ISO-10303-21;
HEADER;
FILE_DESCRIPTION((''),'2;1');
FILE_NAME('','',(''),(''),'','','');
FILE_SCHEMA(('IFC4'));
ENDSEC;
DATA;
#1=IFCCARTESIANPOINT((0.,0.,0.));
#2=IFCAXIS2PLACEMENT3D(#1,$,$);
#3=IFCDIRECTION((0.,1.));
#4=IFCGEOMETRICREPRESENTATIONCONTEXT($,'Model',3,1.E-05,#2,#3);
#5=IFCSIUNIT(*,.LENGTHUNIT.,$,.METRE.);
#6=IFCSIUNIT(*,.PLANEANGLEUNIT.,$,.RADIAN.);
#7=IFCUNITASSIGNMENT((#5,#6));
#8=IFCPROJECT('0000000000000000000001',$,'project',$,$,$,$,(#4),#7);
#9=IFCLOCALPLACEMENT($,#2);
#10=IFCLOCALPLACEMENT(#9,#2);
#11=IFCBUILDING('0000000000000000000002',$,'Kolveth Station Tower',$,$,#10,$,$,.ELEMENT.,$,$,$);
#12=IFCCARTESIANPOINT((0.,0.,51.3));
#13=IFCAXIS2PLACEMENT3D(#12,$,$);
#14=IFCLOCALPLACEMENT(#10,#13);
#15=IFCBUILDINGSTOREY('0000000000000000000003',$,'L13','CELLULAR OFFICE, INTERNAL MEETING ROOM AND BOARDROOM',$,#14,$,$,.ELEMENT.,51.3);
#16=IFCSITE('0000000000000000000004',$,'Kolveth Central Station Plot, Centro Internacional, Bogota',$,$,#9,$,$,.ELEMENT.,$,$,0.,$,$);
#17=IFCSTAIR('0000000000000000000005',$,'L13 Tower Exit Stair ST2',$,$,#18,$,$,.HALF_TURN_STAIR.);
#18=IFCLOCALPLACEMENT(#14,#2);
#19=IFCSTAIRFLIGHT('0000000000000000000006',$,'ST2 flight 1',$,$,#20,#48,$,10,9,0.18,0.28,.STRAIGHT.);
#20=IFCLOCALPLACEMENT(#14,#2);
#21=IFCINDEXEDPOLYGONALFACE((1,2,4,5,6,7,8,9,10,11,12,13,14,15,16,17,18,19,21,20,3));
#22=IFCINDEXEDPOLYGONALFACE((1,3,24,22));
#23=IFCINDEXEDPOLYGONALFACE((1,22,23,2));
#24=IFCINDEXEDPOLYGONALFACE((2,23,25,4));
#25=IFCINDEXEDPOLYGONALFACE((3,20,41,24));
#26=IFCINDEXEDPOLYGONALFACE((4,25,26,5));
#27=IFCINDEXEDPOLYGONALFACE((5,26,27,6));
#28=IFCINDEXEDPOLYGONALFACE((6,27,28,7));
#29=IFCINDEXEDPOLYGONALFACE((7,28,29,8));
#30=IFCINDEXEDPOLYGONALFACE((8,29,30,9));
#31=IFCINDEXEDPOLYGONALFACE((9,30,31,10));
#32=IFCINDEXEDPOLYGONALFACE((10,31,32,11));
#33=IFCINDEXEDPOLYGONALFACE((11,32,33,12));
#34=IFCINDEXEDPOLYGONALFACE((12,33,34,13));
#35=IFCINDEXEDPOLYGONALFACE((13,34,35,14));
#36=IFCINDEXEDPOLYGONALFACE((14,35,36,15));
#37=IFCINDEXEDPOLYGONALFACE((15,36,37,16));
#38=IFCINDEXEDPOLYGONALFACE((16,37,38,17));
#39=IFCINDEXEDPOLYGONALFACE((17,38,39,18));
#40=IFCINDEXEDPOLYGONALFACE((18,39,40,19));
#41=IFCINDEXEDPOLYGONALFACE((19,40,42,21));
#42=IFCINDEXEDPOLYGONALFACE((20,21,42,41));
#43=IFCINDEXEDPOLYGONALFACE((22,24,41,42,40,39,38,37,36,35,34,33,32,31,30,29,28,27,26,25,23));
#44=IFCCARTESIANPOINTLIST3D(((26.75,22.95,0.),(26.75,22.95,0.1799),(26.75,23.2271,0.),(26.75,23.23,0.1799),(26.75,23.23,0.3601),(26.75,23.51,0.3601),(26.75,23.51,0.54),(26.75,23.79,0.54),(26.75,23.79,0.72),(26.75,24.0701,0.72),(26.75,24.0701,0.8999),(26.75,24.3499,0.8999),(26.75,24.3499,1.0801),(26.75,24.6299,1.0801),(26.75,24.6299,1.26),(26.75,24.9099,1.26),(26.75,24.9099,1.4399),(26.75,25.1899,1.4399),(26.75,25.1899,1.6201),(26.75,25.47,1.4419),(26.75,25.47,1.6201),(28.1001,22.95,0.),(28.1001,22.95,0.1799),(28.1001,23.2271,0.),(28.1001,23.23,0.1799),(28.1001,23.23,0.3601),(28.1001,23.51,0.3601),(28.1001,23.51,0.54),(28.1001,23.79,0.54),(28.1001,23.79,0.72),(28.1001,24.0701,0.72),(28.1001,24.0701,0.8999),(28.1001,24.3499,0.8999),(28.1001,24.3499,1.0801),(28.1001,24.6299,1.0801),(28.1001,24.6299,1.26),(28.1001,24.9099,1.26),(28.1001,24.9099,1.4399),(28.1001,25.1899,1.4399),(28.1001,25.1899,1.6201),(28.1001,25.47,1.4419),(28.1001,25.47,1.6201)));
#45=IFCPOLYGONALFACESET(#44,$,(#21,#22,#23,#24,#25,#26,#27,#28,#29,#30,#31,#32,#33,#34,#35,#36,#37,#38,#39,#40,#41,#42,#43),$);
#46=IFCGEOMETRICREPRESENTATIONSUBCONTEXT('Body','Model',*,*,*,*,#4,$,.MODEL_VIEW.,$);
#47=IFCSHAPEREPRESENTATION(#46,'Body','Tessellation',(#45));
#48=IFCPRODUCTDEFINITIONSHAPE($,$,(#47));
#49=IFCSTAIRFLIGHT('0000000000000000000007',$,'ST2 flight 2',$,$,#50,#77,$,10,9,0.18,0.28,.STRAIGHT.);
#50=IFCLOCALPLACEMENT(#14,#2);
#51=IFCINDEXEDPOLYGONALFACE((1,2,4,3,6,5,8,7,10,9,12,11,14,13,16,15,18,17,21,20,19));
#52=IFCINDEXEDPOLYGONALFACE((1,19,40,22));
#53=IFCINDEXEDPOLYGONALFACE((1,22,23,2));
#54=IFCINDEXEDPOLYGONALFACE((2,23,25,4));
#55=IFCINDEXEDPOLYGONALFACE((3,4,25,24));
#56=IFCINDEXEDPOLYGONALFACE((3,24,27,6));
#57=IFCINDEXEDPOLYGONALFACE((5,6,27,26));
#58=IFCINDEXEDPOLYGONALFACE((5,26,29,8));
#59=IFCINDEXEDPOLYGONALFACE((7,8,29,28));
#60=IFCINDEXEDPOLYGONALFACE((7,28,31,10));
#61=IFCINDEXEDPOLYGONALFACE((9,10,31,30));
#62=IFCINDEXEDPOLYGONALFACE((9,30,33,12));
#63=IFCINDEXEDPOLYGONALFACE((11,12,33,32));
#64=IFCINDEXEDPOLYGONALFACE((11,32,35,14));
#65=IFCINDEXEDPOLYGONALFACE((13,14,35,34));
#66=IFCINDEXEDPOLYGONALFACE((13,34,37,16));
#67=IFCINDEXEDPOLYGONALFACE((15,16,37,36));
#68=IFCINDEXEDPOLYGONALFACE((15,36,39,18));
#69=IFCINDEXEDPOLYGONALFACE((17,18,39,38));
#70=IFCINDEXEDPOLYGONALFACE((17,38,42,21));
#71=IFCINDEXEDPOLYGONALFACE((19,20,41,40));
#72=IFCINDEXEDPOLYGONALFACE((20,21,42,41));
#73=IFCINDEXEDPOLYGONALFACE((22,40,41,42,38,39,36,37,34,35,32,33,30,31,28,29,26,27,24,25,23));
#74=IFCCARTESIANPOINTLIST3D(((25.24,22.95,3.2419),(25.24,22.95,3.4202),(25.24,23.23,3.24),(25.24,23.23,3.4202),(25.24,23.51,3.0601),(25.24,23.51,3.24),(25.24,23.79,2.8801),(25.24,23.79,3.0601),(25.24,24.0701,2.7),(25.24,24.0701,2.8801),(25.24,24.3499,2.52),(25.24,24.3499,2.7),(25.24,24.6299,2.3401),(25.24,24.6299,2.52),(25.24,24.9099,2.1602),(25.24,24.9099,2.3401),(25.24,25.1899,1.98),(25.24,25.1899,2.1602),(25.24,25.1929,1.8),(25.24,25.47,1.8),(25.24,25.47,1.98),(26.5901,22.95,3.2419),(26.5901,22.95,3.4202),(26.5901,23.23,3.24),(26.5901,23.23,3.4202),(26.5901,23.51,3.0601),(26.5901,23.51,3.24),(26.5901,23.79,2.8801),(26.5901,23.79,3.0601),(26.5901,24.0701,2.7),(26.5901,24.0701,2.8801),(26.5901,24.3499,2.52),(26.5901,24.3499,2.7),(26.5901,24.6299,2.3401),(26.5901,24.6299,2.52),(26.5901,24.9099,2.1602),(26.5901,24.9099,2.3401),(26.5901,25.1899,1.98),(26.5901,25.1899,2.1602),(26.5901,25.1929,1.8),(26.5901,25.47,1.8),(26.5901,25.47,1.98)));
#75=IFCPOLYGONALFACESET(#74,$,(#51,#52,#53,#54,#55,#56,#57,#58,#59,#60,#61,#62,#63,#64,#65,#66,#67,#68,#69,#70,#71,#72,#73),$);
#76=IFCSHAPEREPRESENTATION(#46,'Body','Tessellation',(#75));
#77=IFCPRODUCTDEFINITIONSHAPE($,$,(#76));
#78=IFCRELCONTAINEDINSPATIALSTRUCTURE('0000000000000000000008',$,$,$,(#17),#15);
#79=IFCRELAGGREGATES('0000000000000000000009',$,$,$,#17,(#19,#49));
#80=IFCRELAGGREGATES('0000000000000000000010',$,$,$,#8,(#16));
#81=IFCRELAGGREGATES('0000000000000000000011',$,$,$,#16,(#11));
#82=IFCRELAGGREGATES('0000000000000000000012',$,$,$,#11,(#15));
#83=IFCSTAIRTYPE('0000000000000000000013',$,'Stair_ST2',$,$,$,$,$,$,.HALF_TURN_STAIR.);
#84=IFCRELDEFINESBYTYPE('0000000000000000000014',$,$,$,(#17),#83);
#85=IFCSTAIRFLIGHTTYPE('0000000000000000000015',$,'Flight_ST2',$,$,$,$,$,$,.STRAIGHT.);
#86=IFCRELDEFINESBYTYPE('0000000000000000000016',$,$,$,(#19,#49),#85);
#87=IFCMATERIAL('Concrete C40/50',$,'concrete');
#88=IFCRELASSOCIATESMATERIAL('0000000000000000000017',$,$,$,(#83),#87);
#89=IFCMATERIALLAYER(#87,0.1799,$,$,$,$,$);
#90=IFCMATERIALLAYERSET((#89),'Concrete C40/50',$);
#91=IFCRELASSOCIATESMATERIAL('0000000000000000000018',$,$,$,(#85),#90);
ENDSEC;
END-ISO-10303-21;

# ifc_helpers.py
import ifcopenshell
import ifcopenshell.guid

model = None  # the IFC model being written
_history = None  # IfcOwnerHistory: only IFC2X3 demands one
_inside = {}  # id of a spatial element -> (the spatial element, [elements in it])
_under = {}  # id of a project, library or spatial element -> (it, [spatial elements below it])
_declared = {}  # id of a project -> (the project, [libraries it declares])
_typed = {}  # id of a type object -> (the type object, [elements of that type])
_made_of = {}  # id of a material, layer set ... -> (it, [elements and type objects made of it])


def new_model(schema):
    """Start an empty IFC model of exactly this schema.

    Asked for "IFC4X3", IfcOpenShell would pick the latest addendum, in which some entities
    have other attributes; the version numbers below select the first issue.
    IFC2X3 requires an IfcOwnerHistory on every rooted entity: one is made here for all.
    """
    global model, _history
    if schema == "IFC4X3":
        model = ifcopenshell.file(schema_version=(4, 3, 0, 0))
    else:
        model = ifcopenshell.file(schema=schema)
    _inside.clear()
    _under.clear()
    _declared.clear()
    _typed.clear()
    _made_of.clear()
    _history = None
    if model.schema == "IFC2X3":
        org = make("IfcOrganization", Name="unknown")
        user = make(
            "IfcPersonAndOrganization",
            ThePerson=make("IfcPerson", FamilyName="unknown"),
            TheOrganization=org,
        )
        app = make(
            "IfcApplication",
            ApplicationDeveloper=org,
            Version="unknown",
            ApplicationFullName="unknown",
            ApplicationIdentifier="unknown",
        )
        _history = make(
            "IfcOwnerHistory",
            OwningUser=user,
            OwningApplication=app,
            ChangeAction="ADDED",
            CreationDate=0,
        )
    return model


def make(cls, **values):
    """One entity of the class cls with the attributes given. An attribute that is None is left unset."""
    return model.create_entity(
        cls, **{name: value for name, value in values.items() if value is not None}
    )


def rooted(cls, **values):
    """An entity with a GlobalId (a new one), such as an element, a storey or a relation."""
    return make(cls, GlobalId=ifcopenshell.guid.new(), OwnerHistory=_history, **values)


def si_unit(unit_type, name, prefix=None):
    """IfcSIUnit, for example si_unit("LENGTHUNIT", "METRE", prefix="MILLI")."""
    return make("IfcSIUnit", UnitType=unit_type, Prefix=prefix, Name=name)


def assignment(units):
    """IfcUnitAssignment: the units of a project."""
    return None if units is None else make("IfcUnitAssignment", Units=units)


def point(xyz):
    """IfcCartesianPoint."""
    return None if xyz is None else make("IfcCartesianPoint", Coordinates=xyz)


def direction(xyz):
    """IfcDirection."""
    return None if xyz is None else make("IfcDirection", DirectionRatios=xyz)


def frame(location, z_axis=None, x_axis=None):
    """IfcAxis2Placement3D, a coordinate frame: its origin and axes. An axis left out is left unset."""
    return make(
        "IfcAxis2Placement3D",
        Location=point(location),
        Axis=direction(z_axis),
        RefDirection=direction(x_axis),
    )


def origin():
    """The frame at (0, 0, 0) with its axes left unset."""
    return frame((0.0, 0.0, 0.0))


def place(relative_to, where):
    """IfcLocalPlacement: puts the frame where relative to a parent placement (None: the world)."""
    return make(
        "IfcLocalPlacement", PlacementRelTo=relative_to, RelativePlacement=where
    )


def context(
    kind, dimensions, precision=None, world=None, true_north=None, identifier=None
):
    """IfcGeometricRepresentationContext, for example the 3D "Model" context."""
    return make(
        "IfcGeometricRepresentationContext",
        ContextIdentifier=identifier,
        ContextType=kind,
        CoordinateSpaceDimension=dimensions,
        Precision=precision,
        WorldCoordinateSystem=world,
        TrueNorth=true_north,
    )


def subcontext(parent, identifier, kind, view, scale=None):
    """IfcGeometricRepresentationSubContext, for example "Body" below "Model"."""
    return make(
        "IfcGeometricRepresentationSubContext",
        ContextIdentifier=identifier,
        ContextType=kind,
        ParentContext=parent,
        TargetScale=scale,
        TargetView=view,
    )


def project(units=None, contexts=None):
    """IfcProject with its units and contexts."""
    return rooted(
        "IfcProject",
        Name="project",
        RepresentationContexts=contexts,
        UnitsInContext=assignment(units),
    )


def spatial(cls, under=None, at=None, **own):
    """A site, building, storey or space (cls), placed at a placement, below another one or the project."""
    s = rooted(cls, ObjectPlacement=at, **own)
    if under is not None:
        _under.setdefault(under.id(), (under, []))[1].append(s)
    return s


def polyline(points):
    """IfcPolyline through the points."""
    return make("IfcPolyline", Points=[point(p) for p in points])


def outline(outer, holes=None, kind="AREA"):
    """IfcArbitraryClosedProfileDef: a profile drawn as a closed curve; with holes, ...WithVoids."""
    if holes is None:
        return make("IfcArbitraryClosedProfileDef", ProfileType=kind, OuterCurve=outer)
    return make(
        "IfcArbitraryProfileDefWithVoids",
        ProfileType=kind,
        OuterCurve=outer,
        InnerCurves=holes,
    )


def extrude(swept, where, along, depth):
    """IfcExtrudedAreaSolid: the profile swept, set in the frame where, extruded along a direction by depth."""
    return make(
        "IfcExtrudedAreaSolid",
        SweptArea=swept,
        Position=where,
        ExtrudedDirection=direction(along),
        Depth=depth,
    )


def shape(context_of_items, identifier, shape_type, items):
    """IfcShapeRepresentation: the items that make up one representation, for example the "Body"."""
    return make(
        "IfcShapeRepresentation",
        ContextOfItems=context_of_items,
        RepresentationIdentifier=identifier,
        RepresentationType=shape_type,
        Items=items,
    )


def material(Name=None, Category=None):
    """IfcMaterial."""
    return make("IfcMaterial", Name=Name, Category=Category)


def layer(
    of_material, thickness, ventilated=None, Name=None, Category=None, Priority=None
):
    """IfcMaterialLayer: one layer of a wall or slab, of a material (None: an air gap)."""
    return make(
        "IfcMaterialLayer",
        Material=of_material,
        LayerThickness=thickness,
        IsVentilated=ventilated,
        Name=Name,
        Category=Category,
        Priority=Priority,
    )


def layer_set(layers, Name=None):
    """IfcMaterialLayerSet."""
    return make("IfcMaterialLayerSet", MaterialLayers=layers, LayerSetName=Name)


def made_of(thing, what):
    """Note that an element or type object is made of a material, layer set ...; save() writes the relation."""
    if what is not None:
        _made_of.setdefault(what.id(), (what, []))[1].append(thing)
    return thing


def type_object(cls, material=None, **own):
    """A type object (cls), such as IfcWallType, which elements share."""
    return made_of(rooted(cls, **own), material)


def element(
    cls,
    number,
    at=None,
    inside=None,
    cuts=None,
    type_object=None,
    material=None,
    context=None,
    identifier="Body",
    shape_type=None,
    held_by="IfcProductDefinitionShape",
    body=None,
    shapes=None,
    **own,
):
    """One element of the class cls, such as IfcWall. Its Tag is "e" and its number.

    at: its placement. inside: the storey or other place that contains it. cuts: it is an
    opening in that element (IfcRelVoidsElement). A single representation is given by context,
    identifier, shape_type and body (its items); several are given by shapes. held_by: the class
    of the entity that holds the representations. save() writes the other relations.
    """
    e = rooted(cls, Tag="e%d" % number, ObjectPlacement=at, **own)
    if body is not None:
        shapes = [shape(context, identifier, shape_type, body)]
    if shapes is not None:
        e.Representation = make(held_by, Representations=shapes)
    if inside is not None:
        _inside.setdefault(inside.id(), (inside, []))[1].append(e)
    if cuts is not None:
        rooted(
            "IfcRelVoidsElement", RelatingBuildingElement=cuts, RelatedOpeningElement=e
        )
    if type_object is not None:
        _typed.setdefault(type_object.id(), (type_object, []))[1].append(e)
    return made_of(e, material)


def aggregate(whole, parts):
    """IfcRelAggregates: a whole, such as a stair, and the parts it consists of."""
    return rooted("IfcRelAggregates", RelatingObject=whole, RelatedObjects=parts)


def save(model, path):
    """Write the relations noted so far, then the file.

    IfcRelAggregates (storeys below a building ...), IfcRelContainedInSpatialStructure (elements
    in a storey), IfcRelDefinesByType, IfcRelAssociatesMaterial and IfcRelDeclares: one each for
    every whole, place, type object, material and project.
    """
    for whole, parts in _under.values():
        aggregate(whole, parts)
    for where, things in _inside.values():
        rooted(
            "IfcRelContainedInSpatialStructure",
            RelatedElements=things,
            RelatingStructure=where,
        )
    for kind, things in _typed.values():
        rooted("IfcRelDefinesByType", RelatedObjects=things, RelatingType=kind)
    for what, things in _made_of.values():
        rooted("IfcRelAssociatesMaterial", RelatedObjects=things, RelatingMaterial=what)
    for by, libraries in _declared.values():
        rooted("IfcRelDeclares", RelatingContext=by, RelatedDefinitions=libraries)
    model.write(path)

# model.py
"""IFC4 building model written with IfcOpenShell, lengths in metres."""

from ifc_helpers import new_model, si_unit, direction, frame, origin, place, context, subcontext, project, spatial, polyline, outline, extrude, material, layer, layer_set, type_object, element, aggregate, save


model = new_model("IFC4")

# Units and contexts
model_context = context("Model", 3, precision=1e-05, world=origin(), true_north=direction((0.0, 1.0)))
body_context = subcontext(model_context, "Body", "Model", "MODEL_VIEW")
ifc_project = project(units=[si_unit("LENGTHUNIT", "METRE"), si_unit("PLANEANGLEUNIT", "RADIAN")], contexts=[model_context])

# Site, building, storey
site_placement = place(None, origin())
site = spatial("IfcSite", under=ifc_project, at=site_placement, Name="Kolveth Central Station Plot, Centro Internacional, Bogota", CompositionType="ELEMENT", RefElevation=0.0)
building_placement = place(site_placement, origin())
building = spatial("IfcBuilding", under=site, at=building_placement, Name="Kolveth Station Tower", CompositionType="ELEMENT")
storey_placement = place(building_placement, frame((0.0, 0.0, 51.3)))
storey = spatial("IfcBuildingStorey", under=building, at=storey_placement, Name="L13", Description="CELLULAR OFFICE, INTERNAL MEETING ROOM AND BOARDROOM", CompositionType="ELEMENT", Elevation=51.3)

# Shared definitions
ifc_material_1 = material(Name="Concrete C40/50", Category="concrete")

# Stair, stair flights
stair_type = type_object("IfcStairType", Name="Stair_ST2", PredefinedType="HALF_TURN_STAIR", material=ifc_material_1)
stair_placement = place(storey_placement, origin())
stair = element("IfcStair", 1, at=stair_placement, inside=storey, type_object=stair_type, Name="L13 Tower Exit Stair ST2", PredefinedType="HALF_TURN_STAIR")
ifc_layer_1 = layer(ifc_material_1, 0.1799)
ifc_layer_set_1 = layer_set([ifc_layer_1], Name="Concrete C40/50")
stair_flight_type = type_object("IfcStairFlightType", Name="Flight_ST2", PredefinedType="STRAIGHT", material=ifc_layer_set_1)
stair_flight_1_placement = place(storey_placement, frame((27.425, 22.95, 0.0), z_axis=(0.0, 0.0, 1.0), x_axis=(0.0, 1.0, 0.0)))
stair_flight_1 = element("IfcStairFlight", 2, at=stair_flight_1_placement, type_object=stair_flight_type, Name="ST2 flight 1", NumberOfRisers=10, NumberOfTreads=9, PredefinedType="STRAIGHT", RiserHeight=0.18, TreadLength=0.28, context=body_context, shape_type="SweptSolid", body=[
    extrude(outline(polyline([(0.0, 0.0), (0.0, 0.1799), (0.28, 0.1799), (0.28, 0.3601), (0.5601, 0.3601), (0.5601, 0.54), (0.8401, 0.54), (0.8401, 0.72), (1.1201, 0.72), (1.1201, 0.8999), (1.3999, 0.8999), (1.3999, 1.0801), (1.6799, 1.0801), (1.6799, 1.26), (1.96, 1.26), (1.96, 1.4399), (2.24, 1.4399), (2.24, 1.6201), (2.52, 1.6201), (2.52, 1.8), (2.52, 1.4419), (0.2771, 0.0), (0.0, 0.0)])), frame((0.0, 0.675, 0.0), z_axis=(0.0, -1.0, 0.0), x_axis=(1.0, 0.0, 0.0)), (0.0, 0.0, 1.0), 1.3501),
])
stair_flight_2_placement = place(storey_placement, frame((25.915, 25.47, 1.8), z_axis=(0.0, 0.0, 1.0), x_axis=(0.0, -1.0, 0.0)))
stair_flight_2 = element("IfcStairFlight", 3, at=stair_flight_2_placement, type_object=stair_flight_type, Name="ST2 flight 2", NumberOfRisers=10, NumberOfTreads=9, PredefinedType="STRAIGHT", RiserHeight=0.18, TreadLength=0.28, context=body_context, shape_type="SweptSolid", body=[
    extrude(outline(polyline([(0.0, 0.0), (0.0, 0.1799), (0.28, 0.1799), (0.28, 0.3601), (0.5601, 0.3601), (0.5601, 0.54), (0.8401, 0.54), (0.8401, 0.72), (1.1201, 0.72), (1.1201, 0.8999), (1.3999, 0.8999), (1.3999, 1.0801), (1.6799, 1.0801), (1.6799, 1.26), (1.96, 1.26), (1.96, 1.4399), (2.24, 1.4399), (2.24, 1.6201), (2.52, 1.6201), (2.52, 1.8), (2.52, 1.4419), (0.2771, 0.0), (0.0, 0.0)])), frame((0.0, 0.675, 0.0), z_axis=(0.0, -1.0, 0.0), x_axis=(1.0, 0.0, 0.0)), (0.0, 0.0, 1.0), 1.3501),
])
aggregate(stair, [stair_flight_1, stair_flight_2])

save(model, "model.ifc")
